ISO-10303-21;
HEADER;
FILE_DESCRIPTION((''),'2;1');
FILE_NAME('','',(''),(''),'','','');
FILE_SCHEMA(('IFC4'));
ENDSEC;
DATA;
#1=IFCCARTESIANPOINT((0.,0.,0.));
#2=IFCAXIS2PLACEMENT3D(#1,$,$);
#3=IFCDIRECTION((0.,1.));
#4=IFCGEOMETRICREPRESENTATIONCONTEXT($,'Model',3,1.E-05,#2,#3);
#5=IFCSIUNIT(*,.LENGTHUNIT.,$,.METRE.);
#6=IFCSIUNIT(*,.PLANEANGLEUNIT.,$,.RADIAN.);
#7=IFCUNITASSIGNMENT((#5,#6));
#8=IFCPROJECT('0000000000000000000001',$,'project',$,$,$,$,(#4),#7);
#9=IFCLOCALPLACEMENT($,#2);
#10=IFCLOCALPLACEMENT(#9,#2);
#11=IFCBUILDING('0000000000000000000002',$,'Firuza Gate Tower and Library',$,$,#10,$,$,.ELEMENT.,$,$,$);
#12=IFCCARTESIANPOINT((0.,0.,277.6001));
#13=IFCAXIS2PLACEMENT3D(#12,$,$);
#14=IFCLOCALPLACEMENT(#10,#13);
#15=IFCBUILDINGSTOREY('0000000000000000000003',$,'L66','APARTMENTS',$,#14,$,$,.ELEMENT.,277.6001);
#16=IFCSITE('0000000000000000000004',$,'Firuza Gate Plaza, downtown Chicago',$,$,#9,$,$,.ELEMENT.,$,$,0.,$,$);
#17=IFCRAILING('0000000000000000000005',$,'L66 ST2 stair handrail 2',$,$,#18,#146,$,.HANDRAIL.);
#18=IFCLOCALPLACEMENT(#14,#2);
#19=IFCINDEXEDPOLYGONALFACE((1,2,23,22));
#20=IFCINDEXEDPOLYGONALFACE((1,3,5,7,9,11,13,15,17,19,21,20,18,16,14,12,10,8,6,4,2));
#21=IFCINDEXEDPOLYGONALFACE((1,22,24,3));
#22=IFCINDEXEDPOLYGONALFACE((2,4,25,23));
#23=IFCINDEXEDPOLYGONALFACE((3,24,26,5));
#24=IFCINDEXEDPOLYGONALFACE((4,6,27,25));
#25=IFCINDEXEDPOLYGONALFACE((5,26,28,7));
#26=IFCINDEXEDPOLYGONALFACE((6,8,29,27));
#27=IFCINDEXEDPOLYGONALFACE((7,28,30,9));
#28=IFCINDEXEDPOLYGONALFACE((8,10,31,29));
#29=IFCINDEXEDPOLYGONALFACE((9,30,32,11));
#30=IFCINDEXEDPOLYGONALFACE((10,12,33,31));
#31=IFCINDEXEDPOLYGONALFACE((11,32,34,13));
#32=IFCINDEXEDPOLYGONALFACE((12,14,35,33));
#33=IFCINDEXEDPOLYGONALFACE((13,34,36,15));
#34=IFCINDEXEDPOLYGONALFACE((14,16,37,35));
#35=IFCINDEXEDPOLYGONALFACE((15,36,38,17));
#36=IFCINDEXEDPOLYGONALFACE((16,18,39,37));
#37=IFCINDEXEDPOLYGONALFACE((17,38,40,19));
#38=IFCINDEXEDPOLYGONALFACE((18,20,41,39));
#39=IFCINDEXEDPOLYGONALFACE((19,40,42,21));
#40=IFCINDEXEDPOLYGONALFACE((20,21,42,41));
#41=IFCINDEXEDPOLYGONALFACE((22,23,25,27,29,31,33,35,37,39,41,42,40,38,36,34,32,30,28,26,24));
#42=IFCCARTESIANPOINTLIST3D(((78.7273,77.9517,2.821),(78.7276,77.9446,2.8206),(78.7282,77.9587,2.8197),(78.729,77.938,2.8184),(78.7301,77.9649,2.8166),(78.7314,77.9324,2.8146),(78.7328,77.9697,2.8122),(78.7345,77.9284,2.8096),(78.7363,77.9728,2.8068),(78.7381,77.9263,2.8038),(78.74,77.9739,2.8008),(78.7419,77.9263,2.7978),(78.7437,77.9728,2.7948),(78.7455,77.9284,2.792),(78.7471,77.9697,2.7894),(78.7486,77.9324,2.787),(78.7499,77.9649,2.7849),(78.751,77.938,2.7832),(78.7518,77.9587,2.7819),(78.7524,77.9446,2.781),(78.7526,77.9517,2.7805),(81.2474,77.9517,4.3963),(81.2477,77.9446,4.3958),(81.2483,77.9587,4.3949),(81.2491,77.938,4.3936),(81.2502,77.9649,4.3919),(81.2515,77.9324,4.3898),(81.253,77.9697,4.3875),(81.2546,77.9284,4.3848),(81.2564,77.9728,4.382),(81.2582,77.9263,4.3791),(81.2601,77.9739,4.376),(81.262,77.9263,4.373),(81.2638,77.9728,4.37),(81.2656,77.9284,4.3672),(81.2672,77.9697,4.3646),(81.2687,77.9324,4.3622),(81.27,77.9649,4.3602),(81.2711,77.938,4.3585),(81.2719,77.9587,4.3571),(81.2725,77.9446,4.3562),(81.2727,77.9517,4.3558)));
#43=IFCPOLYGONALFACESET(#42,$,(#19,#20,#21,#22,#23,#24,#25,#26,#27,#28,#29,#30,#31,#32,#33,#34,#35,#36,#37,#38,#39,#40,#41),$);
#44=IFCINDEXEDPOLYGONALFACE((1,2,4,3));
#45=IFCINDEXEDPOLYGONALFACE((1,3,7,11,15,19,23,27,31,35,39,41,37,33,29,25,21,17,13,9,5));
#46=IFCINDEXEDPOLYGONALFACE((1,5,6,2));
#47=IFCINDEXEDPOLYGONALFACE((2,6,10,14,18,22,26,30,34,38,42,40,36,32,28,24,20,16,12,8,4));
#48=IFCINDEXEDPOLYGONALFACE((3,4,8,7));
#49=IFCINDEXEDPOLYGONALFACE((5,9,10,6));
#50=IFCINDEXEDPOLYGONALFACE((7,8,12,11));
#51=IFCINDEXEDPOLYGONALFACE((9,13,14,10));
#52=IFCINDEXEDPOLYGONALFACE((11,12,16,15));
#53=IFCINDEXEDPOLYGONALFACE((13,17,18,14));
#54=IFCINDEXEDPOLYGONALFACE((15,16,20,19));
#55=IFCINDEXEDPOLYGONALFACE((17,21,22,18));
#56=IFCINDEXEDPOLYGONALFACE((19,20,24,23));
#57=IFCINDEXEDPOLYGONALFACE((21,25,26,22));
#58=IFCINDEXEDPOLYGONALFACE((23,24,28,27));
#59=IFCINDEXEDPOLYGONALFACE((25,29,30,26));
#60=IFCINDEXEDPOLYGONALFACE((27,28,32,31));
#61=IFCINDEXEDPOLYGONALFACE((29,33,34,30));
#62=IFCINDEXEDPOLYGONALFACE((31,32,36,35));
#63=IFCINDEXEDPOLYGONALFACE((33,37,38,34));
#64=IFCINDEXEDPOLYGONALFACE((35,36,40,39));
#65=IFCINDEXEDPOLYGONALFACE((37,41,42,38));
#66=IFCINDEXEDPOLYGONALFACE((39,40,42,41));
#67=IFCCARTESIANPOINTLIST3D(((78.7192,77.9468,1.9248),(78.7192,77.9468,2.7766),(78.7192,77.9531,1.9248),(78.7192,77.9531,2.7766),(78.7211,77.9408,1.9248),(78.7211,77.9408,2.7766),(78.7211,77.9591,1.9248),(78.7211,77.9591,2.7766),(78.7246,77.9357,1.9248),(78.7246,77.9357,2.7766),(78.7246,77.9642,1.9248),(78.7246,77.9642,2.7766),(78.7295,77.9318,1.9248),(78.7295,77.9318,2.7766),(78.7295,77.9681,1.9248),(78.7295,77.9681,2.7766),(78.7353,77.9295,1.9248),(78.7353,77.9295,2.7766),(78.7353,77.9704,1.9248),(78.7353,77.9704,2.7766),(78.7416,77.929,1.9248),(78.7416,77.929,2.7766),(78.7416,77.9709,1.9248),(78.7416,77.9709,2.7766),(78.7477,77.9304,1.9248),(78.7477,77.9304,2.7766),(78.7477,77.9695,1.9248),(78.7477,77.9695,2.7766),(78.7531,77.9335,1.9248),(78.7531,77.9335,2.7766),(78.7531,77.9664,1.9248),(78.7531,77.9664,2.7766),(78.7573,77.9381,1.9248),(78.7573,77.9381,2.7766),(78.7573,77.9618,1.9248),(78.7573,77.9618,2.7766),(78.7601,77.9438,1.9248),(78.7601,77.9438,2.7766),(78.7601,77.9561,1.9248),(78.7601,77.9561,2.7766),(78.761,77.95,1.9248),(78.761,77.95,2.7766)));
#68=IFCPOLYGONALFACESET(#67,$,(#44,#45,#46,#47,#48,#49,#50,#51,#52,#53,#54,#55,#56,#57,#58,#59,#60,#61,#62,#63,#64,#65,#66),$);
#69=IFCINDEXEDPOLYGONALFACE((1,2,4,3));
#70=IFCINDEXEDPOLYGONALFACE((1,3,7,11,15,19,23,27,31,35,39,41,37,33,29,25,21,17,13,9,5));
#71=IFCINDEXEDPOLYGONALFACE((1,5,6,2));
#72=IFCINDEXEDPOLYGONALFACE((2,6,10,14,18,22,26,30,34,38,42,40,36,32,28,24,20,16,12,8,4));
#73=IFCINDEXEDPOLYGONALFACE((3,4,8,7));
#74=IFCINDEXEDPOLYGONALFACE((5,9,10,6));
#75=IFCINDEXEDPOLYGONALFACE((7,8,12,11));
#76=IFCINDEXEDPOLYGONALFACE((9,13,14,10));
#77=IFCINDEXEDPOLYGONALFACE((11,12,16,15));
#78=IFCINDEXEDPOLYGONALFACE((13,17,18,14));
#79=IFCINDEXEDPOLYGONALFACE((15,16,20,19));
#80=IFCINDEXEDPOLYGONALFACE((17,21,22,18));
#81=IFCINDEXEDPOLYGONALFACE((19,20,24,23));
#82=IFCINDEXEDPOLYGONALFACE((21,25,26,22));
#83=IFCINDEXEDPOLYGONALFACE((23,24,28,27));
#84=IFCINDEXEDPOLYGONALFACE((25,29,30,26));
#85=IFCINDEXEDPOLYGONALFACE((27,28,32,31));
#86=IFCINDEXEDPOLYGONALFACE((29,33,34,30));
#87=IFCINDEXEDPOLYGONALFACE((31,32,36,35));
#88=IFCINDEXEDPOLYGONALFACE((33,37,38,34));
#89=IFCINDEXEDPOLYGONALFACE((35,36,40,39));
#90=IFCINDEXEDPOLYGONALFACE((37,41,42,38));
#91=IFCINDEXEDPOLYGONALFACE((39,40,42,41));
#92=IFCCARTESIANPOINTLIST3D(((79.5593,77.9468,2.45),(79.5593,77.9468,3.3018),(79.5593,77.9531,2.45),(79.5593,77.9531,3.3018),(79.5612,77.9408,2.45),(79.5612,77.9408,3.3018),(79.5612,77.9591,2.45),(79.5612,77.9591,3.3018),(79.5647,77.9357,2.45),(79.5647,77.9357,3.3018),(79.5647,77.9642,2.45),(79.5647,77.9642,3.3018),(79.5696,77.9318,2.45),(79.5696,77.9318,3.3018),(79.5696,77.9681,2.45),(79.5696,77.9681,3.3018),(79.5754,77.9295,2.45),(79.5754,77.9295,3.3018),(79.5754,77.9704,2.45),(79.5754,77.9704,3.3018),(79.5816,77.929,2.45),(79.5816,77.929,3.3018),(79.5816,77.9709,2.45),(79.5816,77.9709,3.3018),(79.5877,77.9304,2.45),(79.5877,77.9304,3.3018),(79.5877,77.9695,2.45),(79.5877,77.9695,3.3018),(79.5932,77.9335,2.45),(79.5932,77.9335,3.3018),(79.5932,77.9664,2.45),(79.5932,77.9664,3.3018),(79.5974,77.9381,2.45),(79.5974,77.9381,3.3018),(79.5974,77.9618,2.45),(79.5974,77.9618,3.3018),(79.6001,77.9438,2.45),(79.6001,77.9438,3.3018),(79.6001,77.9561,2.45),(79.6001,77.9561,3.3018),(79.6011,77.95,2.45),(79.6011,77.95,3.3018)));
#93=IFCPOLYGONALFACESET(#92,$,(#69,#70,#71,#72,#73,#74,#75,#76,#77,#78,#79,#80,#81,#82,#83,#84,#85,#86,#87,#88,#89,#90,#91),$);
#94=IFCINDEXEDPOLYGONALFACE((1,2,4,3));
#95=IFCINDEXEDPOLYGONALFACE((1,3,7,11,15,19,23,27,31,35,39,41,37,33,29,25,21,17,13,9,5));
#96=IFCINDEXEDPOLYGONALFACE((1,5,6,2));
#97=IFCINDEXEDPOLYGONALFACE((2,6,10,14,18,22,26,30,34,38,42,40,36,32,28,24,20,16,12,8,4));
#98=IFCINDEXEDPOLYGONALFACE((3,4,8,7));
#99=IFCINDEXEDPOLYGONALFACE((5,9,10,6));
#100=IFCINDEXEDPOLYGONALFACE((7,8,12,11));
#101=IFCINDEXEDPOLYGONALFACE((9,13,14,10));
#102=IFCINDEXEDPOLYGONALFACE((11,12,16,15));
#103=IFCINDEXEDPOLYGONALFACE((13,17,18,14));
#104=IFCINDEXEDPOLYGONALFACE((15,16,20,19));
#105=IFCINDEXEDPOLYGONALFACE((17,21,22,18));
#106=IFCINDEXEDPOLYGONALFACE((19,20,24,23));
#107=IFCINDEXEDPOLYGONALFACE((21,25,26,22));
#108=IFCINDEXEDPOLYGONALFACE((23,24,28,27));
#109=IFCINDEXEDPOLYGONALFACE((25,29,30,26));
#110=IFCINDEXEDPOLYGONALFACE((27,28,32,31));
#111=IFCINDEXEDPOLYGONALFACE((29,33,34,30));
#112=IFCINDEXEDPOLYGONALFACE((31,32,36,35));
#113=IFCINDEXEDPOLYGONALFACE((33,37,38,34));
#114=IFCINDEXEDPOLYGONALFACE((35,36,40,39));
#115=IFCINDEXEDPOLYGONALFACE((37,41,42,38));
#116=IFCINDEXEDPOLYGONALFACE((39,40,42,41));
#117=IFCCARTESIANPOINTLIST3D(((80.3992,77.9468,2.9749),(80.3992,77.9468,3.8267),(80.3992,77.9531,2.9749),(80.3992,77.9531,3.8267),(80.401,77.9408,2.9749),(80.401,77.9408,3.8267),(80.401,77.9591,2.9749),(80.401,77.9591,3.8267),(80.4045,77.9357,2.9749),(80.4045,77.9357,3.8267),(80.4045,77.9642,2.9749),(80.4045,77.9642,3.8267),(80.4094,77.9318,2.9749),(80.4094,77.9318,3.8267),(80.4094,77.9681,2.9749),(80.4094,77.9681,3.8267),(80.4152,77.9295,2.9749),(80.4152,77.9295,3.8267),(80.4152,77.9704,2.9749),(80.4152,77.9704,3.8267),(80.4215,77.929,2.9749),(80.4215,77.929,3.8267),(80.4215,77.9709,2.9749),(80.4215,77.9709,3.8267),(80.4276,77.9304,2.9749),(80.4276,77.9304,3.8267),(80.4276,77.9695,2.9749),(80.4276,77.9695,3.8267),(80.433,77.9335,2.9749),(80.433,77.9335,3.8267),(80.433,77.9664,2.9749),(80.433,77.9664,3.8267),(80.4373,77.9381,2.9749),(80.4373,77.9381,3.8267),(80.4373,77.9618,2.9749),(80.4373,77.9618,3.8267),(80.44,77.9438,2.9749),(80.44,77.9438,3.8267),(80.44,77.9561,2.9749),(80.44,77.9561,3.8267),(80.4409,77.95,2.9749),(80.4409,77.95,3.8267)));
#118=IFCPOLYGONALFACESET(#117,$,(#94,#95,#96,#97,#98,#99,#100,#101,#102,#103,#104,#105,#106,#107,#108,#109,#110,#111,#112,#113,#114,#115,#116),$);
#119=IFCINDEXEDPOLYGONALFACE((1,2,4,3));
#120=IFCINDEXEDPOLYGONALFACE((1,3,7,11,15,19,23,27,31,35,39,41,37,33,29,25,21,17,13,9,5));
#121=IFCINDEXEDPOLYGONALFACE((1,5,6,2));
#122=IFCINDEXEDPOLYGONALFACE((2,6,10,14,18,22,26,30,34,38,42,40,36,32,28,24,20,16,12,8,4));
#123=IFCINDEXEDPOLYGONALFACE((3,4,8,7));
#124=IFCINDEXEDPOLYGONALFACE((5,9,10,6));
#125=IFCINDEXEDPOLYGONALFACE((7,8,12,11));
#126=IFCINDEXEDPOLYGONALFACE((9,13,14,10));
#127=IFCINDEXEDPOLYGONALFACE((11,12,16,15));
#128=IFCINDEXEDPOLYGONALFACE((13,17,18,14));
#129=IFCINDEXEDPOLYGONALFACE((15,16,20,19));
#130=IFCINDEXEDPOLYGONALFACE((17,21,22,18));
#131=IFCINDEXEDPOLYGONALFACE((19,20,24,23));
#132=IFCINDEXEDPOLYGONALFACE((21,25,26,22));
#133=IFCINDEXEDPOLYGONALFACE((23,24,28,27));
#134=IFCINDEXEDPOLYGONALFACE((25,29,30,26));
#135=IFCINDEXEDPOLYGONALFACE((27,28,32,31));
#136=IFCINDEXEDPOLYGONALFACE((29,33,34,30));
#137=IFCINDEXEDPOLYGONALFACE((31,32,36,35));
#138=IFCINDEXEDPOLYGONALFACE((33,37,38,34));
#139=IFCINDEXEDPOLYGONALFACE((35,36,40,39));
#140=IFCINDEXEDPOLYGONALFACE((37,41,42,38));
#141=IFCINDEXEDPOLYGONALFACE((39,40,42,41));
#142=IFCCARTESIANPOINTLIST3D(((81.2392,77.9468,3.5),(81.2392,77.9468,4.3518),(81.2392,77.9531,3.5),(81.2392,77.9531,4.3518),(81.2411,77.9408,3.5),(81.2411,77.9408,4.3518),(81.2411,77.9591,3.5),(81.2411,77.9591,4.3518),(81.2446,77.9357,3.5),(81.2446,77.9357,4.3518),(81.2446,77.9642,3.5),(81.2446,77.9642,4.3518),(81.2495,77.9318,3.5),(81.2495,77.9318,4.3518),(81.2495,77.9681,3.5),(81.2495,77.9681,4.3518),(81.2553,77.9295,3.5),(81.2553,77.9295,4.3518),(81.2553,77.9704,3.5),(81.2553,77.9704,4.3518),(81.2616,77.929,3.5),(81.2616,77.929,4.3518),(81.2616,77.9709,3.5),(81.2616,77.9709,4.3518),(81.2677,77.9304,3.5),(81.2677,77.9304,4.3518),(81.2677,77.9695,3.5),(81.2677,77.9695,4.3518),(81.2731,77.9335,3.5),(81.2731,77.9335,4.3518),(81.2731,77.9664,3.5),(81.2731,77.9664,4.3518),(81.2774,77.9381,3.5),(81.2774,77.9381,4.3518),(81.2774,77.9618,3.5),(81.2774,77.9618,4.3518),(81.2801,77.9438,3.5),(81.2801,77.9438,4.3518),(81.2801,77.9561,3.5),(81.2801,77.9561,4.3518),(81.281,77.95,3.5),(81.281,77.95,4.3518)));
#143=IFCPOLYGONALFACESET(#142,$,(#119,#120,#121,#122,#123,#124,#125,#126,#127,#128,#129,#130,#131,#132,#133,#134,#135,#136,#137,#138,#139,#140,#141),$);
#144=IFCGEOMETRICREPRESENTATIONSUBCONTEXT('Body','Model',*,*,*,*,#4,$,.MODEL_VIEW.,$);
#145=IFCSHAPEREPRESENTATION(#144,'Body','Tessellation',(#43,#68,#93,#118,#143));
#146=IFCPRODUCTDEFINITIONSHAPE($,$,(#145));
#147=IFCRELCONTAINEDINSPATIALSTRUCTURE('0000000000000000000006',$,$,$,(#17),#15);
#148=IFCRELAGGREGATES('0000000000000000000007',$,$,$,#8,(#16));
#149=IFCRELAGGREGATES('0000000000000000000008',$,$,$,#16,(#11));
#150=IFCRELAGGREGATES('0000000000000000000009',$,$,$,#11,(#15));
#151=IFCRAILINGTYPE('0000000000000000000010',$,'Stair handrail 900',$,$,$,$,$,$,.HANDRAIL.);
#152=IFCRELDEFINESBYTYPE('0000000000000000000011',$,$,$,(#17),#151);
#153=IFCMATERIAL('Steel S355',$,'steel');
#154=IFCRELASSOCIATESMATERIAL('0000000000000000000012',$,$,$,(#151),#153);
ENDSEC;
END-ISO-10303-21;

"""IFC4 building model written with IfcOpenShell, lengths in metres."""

from ifc_helpers import new_model, si_unit, direction, frame, origin, origin_2d, place, context, subcontext, project, spatial, circle, extrude, material, type_object, element, save


model = new_model("IFC4")

# Units and contexts
model_context = context("Model", 3, precision=1e-05, world=origin(), true_north=direction((0.0, 1.0)))
body_context = subcontext(model_context, "Body", "Model", "MODEL_VIEW")
ifc_project = project(units=[si_unit("LENGTHUNIT", "METRE"), si_unit("PLANEANGLEUNIT", "RADIAN")], contexts=[model_context])

# Site, building, storey
site_placement = place(None, origin())
site = spatial("IfcSite", under=ifc_project, at=site_placement, Name="Firuza Gate Plaza, downtown Chicago", CompositionType="ELEMENT", RefElevation=0.0)
building_placement = place(site_placement, origin())
building = spatial("IfcBuilding", under=site, at=building_placement, Name="Firuza Gate Tower and Library", CompositionType="ELEMENT")
storey_placement = place(building_placement, frame((0.0, 0.0, 277.6001)))
storey = spatial("IfcBuildingStorey", under=building, at=storey_placement, Name="L66", Description="APARTMENTS", CompositionType="ELEMENT", Elevation=277.6001)

# Railing
ifc_material_1 = material(Name="Steel S355", Category="steel")
railing_type_1 = type_object("IfcRailingType", Name="Stair handrail 900", PredefinedType="HANDRAIL", material=ifc_material_1)
railing_1_placement = place(storey_placement, frame((78.74, 77.95, 1.9248)))
element("IfcRailing", 1, at=railing_1_placement, inside=storey, type_object=railing_type_1, Name="L66 ST2 stair handrail 2", PredefinedType="HANDRAIL", context=body_context, shape_type="SweptSolid", body=[
    extrude(circle(Radius=0.0239, at=origin_2d()), frame((0.0, 0.0, 0.876), z_axis=(0.847971, 0.0, 0.530043), x_axis=(0.0, 1.0, 0.0)), (0.0, 0.0, 1.0), 2.9719),
    extrude(circle(Radius=0.021, at=origin_2d()), origin(), (0.0, 0.0, 1.0), 0.8518),
    extrude(circle(Radius=0.021, at=origin_2d()), frame((0.8401, 0.0, 0.5251)), (0.0, 0.0, 1.0), 0.8518),
    extrude(circle(Radius=0.021, at=origin_2d()), frame((1.6799, 0.0, 1.05)), (0.0, 0.0, 1.0), 0.8518),
    extrude(circle(Radius=0.021, at=origin_2d()), frame((2.52, 0.0, 1.5752)), (0.0, 0.0, 1.0), 0.8518),
])

save(model, "model.ifc")
